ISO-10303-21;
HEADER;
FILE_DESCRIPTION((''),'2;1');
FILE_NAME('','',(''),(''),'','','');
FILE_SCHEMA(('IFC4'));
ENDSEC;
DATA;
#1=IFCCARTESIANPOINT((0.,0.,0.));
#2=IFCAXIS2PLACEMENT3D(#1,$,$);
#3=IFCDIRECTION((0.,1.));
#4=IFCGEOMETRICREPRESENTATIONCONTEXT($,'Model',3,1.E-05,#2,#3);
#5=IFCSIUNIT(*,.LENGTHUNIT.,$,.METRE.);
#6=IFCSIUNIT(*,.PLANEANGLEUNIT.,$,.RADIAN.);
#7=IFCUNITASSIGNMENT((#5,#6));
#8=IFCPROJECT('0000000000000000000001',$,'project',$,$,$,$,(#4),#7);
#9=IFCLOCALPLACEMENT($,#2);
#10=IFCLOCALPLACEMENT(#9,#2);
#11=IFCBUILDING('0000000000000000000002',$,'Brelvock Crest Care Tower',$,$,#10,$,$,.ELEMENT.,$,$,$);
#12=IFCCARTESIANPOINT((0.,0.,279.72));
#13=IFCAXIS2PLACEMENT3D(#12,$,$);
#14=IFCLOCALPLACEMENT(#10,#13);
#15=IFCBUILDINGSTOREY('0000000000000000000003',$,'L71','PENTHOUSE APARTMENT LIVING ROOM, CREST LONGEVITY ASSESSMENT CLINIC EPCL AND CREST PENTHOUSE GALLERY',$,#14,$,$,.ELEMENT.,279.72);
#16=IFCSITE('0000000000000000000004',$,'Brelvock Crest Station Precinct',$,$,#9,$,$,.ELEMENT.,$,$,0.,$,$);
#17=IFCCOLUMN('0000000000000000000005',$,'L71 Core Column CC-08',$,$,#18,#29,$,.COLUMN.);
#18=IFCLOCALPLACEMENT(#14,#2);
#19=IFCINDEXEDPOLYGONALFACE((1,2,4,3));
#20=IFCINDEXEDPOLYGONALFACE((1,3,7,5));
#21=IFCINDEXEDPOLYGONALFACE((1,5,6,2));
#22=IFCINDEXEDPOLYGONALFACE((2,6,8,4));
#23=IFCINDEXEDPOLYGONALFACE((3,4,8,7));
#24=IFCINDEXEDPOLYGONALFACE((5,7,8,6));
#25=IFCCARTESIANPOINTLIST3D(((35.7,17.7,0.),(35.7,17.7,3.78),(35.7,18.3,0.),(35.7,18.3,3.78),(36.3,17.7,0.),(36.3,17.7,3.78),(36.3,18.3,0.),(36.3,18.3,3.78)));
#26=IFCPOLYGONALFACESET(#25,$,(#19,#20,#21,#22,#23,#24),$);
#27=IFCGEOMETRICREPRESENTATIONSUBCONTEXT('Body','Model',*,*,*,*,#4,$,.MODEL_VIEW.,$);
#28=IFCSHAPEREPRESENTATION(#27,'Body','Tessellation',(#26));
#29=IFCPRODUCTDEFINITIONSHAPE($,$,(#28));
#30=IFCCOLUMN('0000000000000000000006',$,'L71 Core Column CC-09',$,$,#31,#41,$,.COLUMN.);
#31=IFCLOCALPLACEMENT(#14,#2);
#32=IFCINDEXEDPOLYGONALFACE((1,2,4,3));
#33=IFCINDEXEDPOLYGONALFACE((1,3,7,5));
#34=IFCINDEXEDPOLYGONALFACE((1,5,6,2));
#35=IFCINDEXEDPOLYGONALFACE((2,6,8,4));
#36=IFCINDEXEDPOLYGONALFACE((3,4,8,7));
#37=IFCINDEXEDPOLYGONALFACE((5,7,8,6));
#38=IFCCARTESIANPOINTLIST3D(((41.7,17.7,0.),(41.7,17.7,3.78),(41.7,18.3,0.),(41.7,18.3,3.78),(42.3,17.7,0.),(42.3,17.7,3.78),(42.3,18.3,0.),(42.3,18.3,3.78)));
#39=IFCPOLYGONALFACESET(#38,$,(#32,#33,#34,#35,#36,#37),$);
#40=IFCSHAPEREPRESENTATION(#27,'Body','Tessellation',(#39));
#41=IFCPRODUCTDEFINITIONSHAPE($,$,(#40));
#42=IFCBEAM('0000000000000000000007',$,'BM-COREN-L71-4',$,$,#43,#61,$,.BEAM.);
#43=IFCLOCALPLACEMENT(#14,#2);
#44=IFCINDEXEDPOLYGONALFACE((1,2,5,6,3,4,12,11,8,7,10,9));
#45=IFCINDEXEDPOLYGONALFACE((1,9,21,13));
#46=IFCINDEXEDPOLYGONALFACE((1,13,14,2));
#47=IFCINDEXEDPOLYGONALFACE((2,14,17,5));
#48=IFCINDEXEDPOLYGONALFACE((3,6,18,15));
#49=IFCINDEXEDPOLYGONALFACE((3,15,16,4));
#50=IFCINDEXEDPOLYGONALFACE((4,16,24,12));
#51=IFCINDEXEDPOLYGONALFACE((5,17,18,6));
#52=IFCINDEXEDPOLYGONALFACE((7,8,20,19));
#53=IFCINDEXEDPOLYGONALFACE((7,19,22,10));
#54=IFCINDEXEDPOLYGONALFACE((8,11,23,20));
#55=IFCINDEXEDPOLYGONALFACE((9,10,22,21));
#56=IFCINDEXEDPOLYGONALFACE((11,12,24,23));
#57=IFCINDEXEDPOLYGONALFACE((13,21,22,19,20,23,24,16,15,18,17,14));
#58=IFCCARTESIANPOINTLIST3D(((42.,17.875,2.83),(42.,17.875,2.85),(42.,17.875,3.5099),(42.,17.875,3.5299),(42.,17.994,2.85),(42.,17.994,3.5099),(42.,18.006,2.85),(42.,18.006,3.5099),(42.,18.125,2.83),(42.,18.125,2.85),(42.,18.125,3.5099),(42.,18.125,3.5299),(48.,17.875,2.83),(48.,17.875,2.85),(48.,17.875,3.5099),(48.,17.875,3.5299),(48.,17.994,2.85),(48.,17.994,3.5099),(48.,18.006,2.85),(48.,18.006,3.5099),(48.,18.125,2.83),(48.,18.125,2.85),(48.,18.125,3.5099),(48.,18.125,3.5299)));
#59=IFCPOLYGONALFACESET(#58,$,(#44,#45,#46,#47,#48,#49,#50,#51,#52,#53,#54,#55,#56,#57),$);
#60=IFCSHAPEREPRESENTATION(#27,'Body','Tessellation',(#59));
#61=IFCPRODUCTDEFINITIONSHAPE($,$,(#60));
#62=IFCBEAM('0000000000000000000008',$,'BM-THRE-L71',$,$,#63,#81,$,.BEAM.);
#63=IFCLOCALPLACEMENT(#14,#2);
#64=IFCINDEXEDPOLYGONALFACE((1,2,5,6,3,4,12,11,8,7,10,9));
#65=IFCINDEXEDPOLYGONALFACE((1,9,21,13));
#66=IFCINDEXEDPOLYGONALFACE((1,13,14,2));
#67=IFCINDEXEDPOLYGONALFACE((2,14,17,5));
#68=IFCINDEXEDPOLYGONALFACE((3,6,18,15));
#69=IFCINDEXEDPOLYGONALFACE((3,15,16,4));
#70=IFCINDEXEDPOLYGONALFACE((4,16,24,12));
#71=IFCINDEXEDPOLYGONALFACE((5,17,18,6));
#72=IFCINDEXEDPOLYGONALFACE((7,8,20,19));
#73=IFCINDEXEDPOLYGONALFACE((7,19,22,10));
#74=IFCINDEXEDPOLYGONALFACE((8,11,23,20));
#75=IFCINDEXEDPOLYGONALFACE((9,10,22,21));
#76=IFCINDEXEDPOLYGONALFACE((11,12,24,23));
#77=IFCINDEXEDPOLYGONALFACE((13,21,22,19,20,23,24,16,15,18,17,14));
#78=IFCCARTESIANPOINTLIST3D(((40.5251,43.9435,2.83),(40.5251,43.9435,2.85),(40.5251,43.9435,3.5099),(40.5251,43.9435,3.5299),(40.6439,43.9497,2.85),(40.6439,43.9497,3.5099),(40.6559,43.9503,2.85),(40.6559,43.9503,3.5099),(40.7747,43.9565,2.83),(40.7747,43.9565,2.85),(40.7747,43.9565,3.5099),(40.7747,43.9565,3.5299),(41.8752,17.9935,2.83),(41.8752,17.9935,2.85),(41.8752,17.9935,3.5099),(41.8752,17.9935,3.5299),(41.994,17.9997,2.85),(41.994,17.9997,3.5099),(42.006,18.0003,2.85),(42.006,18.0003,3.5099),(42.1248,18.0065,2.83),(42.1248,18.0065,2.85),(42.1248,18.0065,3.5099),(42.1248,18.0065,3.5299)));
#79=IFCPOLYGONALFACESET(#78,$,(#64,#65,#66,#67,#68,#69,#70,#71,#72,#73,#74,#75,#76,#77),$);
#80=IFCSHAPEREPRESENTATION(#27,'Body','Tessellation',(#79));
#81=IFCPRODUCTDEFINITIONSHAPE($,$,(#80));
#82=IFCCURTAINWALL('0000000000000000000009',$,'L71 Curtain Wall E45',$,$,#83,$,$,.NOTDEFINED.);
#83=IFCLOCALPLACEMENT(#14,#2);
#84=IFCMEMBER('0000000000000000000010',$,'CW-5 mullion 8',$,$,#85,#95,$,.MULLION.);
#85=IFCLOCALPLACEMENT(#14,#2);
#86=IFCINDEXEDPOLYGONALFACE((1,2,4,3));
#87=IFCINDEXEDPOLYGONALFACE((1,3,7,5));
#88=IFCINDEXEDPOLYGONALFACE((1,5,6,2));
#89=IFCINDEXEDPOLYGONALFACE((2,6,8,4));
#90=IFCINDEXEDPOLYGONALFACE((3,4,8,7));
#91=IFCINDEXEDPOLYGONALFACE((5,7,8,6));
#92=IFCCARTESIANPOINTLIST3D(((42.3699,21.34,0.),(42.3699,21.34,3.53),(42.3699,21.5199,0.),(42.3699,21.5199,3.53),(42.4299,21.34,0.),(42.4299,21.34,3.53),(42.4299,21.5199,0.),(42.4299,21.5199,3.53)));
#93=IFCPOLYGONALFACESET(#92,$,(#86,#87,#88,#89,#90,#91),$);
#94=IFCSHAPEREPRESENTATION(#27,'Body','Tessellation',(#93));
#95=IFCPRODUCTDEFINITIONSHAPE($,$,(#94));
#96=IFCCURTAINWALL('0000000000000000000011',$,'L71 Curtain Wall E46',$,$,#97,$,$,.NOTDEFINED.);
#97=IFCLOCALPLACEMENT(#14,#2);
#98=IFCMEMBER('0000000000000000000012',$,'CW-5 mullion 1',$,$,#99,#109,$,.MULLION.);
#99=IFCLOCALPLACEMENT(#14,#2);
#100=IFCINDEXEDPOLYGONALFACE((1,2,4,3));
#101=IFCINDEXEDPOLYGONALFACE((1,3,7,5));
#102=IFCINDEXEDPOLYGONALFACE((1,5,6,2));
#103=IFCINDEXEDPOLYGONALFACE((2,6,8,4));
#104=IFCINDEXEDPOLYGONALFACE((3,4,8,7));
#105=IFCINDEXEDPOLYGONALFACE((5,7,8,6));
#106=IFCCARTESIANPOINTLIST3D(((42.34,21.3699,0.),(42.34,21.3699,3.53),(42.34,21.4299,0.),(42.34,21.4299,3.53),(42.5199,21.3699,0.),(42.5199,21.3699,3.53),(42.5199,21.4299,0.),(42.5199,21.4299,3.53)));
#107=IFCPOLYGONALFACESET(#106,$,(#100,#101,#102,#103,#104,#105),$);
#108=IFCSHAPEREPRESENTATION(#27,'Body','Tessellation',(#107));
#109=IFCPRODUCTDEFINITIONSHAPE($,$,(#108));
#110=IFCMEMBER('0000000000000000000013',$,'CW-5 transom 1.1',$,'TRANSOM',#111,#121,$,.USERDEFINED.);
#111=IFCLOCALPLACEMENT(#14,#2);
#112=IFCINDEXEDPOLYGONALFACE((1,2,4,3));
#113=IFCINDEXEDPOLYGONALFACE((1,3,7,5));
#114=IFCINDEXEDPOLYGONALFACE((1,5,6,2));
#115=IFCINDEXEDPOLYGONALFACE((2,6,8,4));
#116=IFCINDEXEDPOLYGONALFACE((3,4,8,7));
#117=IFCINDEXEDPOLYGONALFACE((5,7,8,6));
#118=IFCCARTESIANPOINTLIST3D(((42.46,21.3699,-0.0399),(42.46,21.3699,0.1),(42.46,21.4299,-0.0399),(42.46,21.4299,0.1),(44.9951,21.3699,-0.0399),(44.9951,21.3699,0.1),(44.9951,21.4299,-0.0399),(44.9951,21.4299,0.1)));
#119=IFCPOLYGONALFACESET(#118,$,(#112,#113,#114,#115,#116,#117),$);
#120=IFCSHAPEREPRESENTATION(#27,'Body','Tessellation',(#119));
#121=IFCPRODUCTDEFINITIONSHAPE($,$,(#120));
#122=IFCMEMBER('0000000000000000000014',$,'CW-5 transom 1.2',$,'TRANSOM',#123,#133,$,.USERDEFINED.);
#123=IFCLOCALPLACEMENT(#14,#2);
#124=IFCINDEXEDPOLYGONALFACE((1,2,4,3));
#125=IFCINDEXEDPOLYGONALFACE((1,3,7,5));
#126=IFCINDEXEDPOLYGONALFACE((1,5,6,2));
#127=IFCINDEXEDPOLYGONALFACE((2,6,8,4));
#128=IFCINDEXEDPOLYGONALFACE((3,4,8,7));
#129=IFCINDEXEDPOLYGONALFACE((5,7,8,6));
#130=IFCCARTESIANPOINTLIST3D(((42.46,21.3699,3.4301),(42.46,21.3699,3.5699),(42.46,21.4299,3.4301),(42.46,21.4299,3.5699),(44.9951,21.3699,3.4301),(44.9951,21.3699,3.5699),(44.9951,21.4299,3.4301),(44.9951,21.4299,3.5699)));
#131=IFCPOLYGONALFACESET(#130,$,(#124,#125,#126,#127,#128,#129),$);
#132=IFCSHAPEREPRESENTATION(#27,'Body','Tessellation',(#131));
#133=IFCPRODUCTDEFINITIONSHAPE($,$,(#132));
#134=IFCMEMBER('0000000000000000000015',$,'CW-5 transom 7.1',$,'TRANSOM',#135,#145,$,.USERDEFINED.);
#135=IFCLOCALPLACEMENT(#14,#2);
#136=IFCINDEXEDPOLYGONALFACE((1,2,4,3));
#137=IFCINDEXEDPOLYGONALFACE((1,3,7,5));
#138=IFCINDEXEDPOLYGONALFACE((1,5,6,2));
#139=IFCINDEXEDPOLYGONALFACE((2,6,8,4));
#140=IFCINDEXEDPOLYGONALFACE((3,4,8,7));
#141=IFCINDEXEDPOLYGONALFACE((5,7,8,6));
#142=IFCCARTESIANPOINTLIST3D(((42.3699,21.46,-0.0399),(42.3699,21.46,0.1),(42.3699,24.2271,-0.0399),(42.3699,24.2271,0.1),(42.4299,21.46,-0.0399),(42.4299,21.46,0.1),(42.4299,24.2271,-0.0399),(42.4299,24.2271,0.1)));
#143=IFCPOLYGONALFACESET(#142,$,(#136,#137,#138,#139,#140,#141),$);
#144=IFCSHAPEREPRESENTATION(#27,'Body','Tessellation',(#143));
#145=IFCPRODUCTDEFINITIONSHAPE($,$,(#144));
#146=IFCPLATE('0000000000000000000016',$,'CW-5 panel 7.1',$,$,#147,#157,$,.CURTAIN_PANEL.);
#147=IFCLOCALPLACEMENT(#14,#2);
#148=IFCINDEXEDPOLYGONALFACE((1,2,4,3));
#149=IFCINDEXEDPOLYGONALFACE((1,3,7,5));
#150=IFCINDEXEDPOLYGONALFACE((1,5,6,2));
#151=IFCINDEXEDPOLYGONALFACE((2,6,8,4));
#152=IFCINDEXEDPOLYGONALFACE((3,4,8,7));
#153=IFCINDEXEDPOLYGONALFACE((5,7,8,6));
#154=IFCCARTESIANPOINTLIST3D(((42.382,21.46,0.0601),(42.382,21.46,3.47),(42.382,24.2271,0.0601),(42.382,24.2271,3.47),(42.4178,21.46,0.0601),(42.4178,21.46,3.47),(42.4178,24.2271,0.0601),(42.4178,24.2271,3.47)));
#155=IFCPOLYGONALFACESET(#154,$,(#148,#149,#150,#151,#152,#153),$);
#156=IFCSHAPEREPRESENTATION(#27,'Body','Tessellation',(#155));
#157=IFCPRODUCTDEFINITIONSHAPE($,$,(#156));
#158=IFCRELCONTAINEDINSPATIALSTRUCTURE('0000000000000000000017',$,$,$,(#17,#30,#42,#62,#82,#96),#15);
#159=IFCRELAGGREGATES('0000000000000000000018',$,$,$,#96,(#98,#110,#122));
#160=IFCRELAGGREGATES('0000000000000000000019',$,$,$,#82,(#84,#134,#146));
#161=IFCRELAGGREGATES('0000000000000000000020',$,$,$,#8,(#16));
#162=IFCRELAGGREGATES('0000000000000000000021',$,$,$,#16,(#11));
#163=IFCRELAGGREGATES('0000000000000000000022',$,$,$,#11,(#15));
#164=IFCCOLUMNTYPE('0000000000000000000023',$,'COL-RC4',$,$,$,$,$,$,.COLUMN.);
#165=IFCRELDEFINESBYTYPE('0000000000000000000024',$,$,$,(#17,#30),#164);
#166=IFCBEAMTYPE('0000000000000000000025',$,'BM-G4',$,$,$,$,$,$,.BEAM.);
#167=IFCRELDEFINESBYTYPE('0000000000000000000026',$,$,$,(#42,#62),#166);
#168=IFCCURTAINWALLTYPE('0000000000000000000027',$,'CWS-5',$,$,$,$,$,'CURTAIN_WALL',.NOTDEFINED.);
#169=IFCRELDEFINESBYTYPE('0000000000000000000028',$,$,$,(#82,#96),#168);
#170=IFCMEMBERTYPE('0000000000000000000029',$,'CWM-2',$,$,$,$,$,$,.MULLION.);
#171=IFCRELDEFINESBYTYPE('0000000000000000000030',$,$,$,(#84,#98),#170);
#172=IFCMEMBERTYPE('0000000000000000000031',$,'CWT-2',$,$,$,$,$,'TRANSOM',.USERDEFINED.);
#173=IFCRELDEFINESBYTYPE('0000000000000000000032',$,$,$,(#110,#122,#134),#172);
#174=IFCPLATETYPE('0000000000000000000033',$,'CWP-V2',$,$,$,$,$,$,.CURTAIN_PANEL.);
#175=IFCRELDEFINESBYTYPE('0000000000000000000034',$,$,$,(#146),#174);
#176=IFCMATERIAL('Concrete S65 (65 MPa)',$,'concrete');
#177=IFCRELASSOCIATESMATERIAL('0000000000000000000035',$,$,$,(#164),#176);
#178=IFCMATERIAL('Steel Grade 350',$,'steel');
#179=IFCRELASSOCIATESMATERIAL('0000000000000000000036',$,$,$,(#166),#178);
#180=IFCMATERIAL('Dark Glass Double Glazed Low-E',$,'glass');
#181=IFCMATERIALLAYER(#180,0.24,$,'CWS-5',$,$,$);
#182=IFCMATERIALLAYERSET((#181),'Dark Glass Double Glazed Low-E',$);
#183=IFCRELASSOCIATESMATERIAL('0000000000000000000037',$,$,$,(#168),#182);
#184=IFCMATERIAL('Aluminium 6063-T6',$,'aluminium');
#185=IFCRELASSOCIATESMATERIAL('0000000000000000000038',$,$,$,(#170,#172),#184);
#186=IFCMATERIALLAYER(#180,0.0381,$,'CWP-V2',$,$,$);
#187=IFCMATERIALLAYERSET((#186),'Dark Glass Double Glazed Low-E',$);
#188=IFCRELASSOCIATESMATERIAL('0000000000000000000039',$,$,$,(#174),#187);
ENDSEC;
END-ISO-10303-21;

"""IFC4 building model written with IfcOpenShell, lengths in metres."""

from ifc_helpers import new_model, si_unit, direction, frame, origin, origin_2d, place, context, subcontext, project, spatial, rectangle, i_section, extrude, source, transform, mapped, material, layer, layer_set, material_profile, profile_set, type_object, element, aggregate, save


model = new_model("IFC4")

# Units and contexts
model_context = context("Model", 3, precision=1e-05, world=origin(), true_north=direction((0.0, 1.0)))
body_context = subcontext(model_context, "Body", "Model", "MODEL_VIEW")
ifc_project = project(units=[si_unit("LENGTHUNIT", "METRE"), si_unit("PLANEANGLEUNIT", "RADIAN")], contexts=[model_context])

# Site, building, storey
site_placement = place(None, origin())
site = spatial("IfcSite", under=ifc_project, at=site_placement, Name="Brelvock Crest Station Precinct", CompositionType="ELEMENT", RefElevation=0.0)
building_placement = place(site_placement, origin())
building = spatial("IfcBuilding", under=site, at=building_placement, Name="Brelvock Crest Care Tower", CompositionType="ELEMENT")
storey_placement = place(building_placement, frame((0.0, 0.0, 279.72)))
storey = spatial("IfcBuildingStorey", under=building, at=storey_placement, Name="L71", Description="PENTHOUSE APARTMENT LIVING ROOM, CREST LONGEVITY ASSESSMENT CLINIC EPCL AND CREST PENTHOUSE GALLERY", CompositionType="ELEMENT", Elevation=279.72)

# Columns
ifc_material_1 = material(Name="Concrete S65 (65 MPa)", Category="concrete")
ifc_material_profile_1 = material_profile(ifc_material_1, rectangle(XDim=0.6001, YDim=0.6001, at=origin_2d()), Name="RC600x600")
ifc_profile_set_1 = profile_set([ifc_material_profile_1], Name="Concrete S65 (65 MPa)")
column_type = type_object("IfcColumnType", Name="COL-RC4", PredefinedType="COLUMN", material=ifc_profile_set_1)
shared_shape_1 = source(origin(), body_context, "Body", "SweptSolid", [
    extrude(rectangle(XDim=0.6001, YDim=0.6001, at=origin_2d()), origin(), (0.0, 0.0, 1.0), 3.78),
])
for number, where, z_axis, x_axis, name in (
    (1, (36.0, 18.0, 0.0), (0.0, 0.0, 1.0), (1.0, 0.0, 0.0), "L71 Core Column CC-08"),
    (2, (42.0, 18.0, 0.0), (0.0, 0.0, 1.0), (1.0, 0.0, 0.0), "L71 Core Column CC-09"),
):
    element("IfcColumn", number, at=place(storey_placement, frame(where, z_axis=z_axis, x_axis=x_axis)), inside=storey, type_object=column_type, Name=name, PredefinedType="COLUMN", context=body_context, shape_type="MappedRepresentation", body=[
        mapped(shared_shape_1, transform((0.0, 0.0, 0.0), x_axis=(1.0, 0.0, 0.0), y_axis=(0.0, 1.0, 0.0), z_axis=(0.0, 0.0, 1.0), scale=1.0)),
    ])

# Beams
ifc_material_2 = material(Name="Steel Grade 350", Category="steel")
ifc_material_profile_2 = material_profile(ifc_material_2, i_section(OverallWidth=0.25, OverallDepth=0.7, WebThickness=0.012, FlangeThickness=0.02, at=origin_2d()), Name="700WB150")
ifc_profile_set_2 = profile_set([ifc_material_profile_2], Name="Steel Grade 350")
beam_type = type_object("IfcBeamType", Name="BM-G4", PredefinedType="BEAM", material=ifc_profile_set_2)
shared_shape_2 = source(origin(), body_context, "Body", "SweptSolid", [
    extrude(i_section(OverallWidth=0.25, OverallDepth=0.7, WebThickness=0.012, FlangeThickness=0.02, at=origin_2d()), origin(), (0.0, 0.0, 1.0), 6.0),
])
beam_1_placement = place(storey_placement, frame((42.0, 18.0, 3.1799), z_axis=(1.0, 0.0, 0.0), x_axis=(0.0, 1.0, 0.0)))
element("IfcBeam", 3, at=beam_1_placement, inside=storey, type_object=beam_type, Name="BM-COREN-L71-4", PredefinedType="BEAM", context=body_context, shape_type="MappedRepresentation", body=[
    mapped(shared_shape_2, transform((0.0, 0.0, 0.0), x_axis=(1.0, 0.0, 0.0), y_axis=(0.0, 1.0, 0.0), z_axis=(0.0, 0.0, 1.0), scale=1.0)),
])
shared_shape_3 = source(origin(), body_context, "Body", "SweptSolid", [
    extrude(i_section(OverallWidth=0.25, OverallDepth=0.7, WebThickness=0.012, FlangeThickness=0.02, at=origin_2d()), origin(), (0.0, 0.0, 1.0), 25.9851),
])
beam_2_placement = place(storey_placement, frame((42.0, 18.0, 3.1799), z_axis=(-0.051957, 0.998649, 0.0), x_axis=(-0.998649, -0.051957, 0.0)))
element("IfcBeam", 4, at=beam_2_placement, inside=storey, type_object=beam_type, Name="BM-THRE-L71", PredefinedType="BEAM", context=body_context, shape_type="MappedRepresentation", body=[
    mapped(shared_shape_3, transform((0.0, 0.0, 0.0), x_axis=(1.0, 0.0, 0.0), y_axis=(0.0, 1.0, 0.0), z_axis=(0.0, 0.0, 1.0), scale=1.0)),
])

# Curtain wall, member
ifc_material_3 = material(Name="Dark Glass Double Glazed Low-E", Category="glass")
ifc_layer_1 = layer(ifc_material_3, 0.24, Name="CWS-5")
ifc_layer_set_1 = layer_set([ifc_layer_1], Name="Dark Glass Double Glazed Low-E")
curtain_wall_type = type_object("IfcCurtainWallType", Name="CWS-5", ElementType="CURTAIN_WALL", PredefinedType="NOTDEFINED", material=ifc_layer_set_1)
curtain_wall_1_placement = place(storey_placement, origin())
curtain_wall_1 = element("IfcCurtainWall", 5, at=curtain_wall_1_placement, inside=storey, type_object=curtain_wall_type, Name="L71 Curtain Wall E45", PredefinedType="NOTDEFINED")
ifc_material_4 = material(Name="Aluminium 6063-T6", Category="aluminium")
ifc_material_profile_3 = material_profile(ifc_material_4, rectangle(XDim=0.0601, YDim=0.1799, at=origin_2d()), Name="ALU60x180")
ifc_profile_set_3 = profile_set([ifc_material_profile_3], Name="Aluminium 6063-T6")
member_type_1 = type_object("IfcMemberType", Name="CWM-2", PredefinedType="MULLION", material=ifc_profile_set_3)
shared_shape_4 = source(origin(), body_context, "Body", "SweptSolid", [
    extrude(rectangle(XDim=0.0601, YDim=0.1799, at=origin_2d()), origin(), (0.0, 0.0, 1.0), 3.53),
])
member_1_placement = place(storey_placement, frame((42.3999, 21.4299, 0.0), z_axis=(0.0, 0.0, 1.0), x_axis=(1.0, 0.0, 0.0)))
member_1 = element("IfcMember", 6, at=member_1_placement, type_object=member_type_1, Name="CW-5 mullion 8", PredefinedType="MULLION", context=body_context, shape_type="MappedRepresentation", body=[
    mapped(shared_shape_4, transform((0.0, 0.0, 0.0), x_axis=(1.0, 0.0, 0.0), y_axis=(0.0, 1.0, 0.0), z_axis=(0.0, 0.0, 1.0), scale=1.0)),
])

# Curtain wall, members
curtain_wall_2_placement = place(storey_placement, origin())
curtain_wall_2 = element("IfcCurtainWall", 7, at=curtain_wall_2_placement, inside=storey, type_object=curtain_wall_type, Name="L71 Curtain Wall E46", PredefinedType="NOTDEFINED")
member_2_placement = place(storey_placement, frame((42.4299, 21.3999, 0.0), z_axis=(0.0, 0.0, 1.0), x_axis=(0.0, 1.0, 0.0)))
member_2 = element("IfcMember", 8, at=member_2_placement, type_object=member_type_1, Name="CW-5 mullion 1", PredefinedType="MULLION", context=body_context, shape_type="MappedRepresentation", body=[
    mapped(shared_shape_4, transform((0.0, 0.0, 0.0), x_axis=(1.0, 0.0, 0.0), y_axis=(0.0, 1.0, 0.0), z_axis=(0.0, 0.0, 1.0), scale=1.0)),
])
ifc_material_profile_4 = material_profile(ifc_material_4, rectangle(XDim=0.0601, YDim=0.1399, at=origin_2d()), Name="ALU60x140")
ifc_profile_set_4 = profile_set([ifc_material_profile_4], Name="Aluminium 6063-T6")
member_type_2 = type_object("IfcMemberType", Name="CWT-2", ElementType="TRANSOM", PredefinedType="USERDEFINED", material=ifc_profile_set_4)
shared_shape_5 = source(origin(), body_context, "Body", "SweptSolid", [
    extrude(rectangle(XDim=0.0601, YDim=0.1399, at=origin_2d()), origin(), (0.0, 0.0, 1.0), 2.5352),
])
member_3_placement = place(storey_placement, frame((42.46, 21.3999, 0.03), z_axis=(1.0, 0.0, 0.0), x_axis=(0.0, 1.0, 0.0)))
member_3 = element("IfcMember", 9, at=member_3_placement, type_object=member_type_2, Name="CW-5 transom 1.1", ObjectType="TRANSOM", PredefinedType="USERDEFINED", context=body_context, shape_type="MappedRepresentation", body=[
    mapped(shared_shape_5, transform((0.0, 0.0, 0.0), x_axis=(1.0, 0.0, 0.0), y_axis=(0.0, 1.0, 0.0), z_axis=(0.0, 0.0, 1.0), scale=1.0)),
])
member_4_placement = place(storey_placement, frame((42.46, 21.3999, 3.5), z_axis=(1.0, 0.0, 0.0), x_axis=(0.0, 1.0, 0.0)))
member_4 = element("IfcMember", 10, at=member_4_placement, type_object=member_type_2, Name="CW-5 transom 1.2", ObjectType="TRANSOM", PredefinedType="USERDEFINED", context=body_context, shape_type="MappedRepresentation", body=[
    mapped(shared_shape_5, transform((0.0, 0.0, 0.0), x_axis=(1.0, 0.0, 0.0), y_axis=(0.0, 1.0, 0.0), z_axis=(0.0, 0.0, 1.0), scale=1.0)),
])
aggregate(curtain_wall_2, [member_2, member_3, member_4])

# Member
shared_shape_6 = source(origin(), body_context, "Body", "SweptSolid", [
    extrude(rectangle(XDim=0.0601, YDim=0.1399, at=origin_2d()), origin(), (0.0, 0.0, 1.0), 2.7671),
])
member_5_placement = place(storey_placement, frame((42.3999, 24.2271, 0.03), z_axis=(0.0, -1.0, 0.0), x_axis=(1.0, 0.0, 0.0)))
member_5 = element("IfcMember", 11, at=member_5_placement, type_object=member_type_2, Name="CW-5 transom 7.1", ObjectType="TRANSOM", PredefinedType="USERDEFINED", context=body_context, shape_type="MappedRepresentation", body=[
    mapped(shared_shape_6, transform((0.0, 0.0, 0.0), x_axis=(1.0, 0.0, 0.0), y_axis=(0.0, 1.0, 0.0), z_axis=(0.0, 0.0, 1.0), scale=1.0)),
])

# Plate
ifc_layer_2 = layer(ifc_material_3, 0.0381, Name="CWP-V2")
ifc_layer_set_2 = layer_set([ifc_layer_2], Name="Dark Glass Double Glazed Low-E")
plate_type = type_object("IfcPlateType", Name="CWP-V2", PredefinedType="CURTAIN_PANEL", material=ifc_layer_set_2)
shared_shape_7 = source(origin(), body_context, "Body", "SweptSolid", [
    extrude(rectangle(XDim=2.7671, YDim=0.0359, at=origin_2d()), origin(), (0.0, 0.0, 1.0), 3.4099),
])
plate_placement = place(storey_placement, frame((42.3999, 22.8435, 0.0601), z_axis=(0.0, 0.0, 1.0), x_axis=(0.0, -1.0, 0.0)))
plate = element("IfcPlate", 12, at=plate_placement, type_object=plate_type, Name="CW-5 panel 7.1", PredefinedType="CURTAIN_PANEL", context=body_context, shape_type="MappedRepresentation", body=[
    mapped(shared_shape_7, transform((0.0, 0.0, 0.0), x_axis=(1.0, 0.0, 0.0), y_axis=(0.0, 1.0, 0.0), z_axis=(0.0, 0.0, 1.0), scale=1.0)),
])
aggregate(curtain_wall_1, [member_1, member_5, plate])

save(model, "model.ifc")
